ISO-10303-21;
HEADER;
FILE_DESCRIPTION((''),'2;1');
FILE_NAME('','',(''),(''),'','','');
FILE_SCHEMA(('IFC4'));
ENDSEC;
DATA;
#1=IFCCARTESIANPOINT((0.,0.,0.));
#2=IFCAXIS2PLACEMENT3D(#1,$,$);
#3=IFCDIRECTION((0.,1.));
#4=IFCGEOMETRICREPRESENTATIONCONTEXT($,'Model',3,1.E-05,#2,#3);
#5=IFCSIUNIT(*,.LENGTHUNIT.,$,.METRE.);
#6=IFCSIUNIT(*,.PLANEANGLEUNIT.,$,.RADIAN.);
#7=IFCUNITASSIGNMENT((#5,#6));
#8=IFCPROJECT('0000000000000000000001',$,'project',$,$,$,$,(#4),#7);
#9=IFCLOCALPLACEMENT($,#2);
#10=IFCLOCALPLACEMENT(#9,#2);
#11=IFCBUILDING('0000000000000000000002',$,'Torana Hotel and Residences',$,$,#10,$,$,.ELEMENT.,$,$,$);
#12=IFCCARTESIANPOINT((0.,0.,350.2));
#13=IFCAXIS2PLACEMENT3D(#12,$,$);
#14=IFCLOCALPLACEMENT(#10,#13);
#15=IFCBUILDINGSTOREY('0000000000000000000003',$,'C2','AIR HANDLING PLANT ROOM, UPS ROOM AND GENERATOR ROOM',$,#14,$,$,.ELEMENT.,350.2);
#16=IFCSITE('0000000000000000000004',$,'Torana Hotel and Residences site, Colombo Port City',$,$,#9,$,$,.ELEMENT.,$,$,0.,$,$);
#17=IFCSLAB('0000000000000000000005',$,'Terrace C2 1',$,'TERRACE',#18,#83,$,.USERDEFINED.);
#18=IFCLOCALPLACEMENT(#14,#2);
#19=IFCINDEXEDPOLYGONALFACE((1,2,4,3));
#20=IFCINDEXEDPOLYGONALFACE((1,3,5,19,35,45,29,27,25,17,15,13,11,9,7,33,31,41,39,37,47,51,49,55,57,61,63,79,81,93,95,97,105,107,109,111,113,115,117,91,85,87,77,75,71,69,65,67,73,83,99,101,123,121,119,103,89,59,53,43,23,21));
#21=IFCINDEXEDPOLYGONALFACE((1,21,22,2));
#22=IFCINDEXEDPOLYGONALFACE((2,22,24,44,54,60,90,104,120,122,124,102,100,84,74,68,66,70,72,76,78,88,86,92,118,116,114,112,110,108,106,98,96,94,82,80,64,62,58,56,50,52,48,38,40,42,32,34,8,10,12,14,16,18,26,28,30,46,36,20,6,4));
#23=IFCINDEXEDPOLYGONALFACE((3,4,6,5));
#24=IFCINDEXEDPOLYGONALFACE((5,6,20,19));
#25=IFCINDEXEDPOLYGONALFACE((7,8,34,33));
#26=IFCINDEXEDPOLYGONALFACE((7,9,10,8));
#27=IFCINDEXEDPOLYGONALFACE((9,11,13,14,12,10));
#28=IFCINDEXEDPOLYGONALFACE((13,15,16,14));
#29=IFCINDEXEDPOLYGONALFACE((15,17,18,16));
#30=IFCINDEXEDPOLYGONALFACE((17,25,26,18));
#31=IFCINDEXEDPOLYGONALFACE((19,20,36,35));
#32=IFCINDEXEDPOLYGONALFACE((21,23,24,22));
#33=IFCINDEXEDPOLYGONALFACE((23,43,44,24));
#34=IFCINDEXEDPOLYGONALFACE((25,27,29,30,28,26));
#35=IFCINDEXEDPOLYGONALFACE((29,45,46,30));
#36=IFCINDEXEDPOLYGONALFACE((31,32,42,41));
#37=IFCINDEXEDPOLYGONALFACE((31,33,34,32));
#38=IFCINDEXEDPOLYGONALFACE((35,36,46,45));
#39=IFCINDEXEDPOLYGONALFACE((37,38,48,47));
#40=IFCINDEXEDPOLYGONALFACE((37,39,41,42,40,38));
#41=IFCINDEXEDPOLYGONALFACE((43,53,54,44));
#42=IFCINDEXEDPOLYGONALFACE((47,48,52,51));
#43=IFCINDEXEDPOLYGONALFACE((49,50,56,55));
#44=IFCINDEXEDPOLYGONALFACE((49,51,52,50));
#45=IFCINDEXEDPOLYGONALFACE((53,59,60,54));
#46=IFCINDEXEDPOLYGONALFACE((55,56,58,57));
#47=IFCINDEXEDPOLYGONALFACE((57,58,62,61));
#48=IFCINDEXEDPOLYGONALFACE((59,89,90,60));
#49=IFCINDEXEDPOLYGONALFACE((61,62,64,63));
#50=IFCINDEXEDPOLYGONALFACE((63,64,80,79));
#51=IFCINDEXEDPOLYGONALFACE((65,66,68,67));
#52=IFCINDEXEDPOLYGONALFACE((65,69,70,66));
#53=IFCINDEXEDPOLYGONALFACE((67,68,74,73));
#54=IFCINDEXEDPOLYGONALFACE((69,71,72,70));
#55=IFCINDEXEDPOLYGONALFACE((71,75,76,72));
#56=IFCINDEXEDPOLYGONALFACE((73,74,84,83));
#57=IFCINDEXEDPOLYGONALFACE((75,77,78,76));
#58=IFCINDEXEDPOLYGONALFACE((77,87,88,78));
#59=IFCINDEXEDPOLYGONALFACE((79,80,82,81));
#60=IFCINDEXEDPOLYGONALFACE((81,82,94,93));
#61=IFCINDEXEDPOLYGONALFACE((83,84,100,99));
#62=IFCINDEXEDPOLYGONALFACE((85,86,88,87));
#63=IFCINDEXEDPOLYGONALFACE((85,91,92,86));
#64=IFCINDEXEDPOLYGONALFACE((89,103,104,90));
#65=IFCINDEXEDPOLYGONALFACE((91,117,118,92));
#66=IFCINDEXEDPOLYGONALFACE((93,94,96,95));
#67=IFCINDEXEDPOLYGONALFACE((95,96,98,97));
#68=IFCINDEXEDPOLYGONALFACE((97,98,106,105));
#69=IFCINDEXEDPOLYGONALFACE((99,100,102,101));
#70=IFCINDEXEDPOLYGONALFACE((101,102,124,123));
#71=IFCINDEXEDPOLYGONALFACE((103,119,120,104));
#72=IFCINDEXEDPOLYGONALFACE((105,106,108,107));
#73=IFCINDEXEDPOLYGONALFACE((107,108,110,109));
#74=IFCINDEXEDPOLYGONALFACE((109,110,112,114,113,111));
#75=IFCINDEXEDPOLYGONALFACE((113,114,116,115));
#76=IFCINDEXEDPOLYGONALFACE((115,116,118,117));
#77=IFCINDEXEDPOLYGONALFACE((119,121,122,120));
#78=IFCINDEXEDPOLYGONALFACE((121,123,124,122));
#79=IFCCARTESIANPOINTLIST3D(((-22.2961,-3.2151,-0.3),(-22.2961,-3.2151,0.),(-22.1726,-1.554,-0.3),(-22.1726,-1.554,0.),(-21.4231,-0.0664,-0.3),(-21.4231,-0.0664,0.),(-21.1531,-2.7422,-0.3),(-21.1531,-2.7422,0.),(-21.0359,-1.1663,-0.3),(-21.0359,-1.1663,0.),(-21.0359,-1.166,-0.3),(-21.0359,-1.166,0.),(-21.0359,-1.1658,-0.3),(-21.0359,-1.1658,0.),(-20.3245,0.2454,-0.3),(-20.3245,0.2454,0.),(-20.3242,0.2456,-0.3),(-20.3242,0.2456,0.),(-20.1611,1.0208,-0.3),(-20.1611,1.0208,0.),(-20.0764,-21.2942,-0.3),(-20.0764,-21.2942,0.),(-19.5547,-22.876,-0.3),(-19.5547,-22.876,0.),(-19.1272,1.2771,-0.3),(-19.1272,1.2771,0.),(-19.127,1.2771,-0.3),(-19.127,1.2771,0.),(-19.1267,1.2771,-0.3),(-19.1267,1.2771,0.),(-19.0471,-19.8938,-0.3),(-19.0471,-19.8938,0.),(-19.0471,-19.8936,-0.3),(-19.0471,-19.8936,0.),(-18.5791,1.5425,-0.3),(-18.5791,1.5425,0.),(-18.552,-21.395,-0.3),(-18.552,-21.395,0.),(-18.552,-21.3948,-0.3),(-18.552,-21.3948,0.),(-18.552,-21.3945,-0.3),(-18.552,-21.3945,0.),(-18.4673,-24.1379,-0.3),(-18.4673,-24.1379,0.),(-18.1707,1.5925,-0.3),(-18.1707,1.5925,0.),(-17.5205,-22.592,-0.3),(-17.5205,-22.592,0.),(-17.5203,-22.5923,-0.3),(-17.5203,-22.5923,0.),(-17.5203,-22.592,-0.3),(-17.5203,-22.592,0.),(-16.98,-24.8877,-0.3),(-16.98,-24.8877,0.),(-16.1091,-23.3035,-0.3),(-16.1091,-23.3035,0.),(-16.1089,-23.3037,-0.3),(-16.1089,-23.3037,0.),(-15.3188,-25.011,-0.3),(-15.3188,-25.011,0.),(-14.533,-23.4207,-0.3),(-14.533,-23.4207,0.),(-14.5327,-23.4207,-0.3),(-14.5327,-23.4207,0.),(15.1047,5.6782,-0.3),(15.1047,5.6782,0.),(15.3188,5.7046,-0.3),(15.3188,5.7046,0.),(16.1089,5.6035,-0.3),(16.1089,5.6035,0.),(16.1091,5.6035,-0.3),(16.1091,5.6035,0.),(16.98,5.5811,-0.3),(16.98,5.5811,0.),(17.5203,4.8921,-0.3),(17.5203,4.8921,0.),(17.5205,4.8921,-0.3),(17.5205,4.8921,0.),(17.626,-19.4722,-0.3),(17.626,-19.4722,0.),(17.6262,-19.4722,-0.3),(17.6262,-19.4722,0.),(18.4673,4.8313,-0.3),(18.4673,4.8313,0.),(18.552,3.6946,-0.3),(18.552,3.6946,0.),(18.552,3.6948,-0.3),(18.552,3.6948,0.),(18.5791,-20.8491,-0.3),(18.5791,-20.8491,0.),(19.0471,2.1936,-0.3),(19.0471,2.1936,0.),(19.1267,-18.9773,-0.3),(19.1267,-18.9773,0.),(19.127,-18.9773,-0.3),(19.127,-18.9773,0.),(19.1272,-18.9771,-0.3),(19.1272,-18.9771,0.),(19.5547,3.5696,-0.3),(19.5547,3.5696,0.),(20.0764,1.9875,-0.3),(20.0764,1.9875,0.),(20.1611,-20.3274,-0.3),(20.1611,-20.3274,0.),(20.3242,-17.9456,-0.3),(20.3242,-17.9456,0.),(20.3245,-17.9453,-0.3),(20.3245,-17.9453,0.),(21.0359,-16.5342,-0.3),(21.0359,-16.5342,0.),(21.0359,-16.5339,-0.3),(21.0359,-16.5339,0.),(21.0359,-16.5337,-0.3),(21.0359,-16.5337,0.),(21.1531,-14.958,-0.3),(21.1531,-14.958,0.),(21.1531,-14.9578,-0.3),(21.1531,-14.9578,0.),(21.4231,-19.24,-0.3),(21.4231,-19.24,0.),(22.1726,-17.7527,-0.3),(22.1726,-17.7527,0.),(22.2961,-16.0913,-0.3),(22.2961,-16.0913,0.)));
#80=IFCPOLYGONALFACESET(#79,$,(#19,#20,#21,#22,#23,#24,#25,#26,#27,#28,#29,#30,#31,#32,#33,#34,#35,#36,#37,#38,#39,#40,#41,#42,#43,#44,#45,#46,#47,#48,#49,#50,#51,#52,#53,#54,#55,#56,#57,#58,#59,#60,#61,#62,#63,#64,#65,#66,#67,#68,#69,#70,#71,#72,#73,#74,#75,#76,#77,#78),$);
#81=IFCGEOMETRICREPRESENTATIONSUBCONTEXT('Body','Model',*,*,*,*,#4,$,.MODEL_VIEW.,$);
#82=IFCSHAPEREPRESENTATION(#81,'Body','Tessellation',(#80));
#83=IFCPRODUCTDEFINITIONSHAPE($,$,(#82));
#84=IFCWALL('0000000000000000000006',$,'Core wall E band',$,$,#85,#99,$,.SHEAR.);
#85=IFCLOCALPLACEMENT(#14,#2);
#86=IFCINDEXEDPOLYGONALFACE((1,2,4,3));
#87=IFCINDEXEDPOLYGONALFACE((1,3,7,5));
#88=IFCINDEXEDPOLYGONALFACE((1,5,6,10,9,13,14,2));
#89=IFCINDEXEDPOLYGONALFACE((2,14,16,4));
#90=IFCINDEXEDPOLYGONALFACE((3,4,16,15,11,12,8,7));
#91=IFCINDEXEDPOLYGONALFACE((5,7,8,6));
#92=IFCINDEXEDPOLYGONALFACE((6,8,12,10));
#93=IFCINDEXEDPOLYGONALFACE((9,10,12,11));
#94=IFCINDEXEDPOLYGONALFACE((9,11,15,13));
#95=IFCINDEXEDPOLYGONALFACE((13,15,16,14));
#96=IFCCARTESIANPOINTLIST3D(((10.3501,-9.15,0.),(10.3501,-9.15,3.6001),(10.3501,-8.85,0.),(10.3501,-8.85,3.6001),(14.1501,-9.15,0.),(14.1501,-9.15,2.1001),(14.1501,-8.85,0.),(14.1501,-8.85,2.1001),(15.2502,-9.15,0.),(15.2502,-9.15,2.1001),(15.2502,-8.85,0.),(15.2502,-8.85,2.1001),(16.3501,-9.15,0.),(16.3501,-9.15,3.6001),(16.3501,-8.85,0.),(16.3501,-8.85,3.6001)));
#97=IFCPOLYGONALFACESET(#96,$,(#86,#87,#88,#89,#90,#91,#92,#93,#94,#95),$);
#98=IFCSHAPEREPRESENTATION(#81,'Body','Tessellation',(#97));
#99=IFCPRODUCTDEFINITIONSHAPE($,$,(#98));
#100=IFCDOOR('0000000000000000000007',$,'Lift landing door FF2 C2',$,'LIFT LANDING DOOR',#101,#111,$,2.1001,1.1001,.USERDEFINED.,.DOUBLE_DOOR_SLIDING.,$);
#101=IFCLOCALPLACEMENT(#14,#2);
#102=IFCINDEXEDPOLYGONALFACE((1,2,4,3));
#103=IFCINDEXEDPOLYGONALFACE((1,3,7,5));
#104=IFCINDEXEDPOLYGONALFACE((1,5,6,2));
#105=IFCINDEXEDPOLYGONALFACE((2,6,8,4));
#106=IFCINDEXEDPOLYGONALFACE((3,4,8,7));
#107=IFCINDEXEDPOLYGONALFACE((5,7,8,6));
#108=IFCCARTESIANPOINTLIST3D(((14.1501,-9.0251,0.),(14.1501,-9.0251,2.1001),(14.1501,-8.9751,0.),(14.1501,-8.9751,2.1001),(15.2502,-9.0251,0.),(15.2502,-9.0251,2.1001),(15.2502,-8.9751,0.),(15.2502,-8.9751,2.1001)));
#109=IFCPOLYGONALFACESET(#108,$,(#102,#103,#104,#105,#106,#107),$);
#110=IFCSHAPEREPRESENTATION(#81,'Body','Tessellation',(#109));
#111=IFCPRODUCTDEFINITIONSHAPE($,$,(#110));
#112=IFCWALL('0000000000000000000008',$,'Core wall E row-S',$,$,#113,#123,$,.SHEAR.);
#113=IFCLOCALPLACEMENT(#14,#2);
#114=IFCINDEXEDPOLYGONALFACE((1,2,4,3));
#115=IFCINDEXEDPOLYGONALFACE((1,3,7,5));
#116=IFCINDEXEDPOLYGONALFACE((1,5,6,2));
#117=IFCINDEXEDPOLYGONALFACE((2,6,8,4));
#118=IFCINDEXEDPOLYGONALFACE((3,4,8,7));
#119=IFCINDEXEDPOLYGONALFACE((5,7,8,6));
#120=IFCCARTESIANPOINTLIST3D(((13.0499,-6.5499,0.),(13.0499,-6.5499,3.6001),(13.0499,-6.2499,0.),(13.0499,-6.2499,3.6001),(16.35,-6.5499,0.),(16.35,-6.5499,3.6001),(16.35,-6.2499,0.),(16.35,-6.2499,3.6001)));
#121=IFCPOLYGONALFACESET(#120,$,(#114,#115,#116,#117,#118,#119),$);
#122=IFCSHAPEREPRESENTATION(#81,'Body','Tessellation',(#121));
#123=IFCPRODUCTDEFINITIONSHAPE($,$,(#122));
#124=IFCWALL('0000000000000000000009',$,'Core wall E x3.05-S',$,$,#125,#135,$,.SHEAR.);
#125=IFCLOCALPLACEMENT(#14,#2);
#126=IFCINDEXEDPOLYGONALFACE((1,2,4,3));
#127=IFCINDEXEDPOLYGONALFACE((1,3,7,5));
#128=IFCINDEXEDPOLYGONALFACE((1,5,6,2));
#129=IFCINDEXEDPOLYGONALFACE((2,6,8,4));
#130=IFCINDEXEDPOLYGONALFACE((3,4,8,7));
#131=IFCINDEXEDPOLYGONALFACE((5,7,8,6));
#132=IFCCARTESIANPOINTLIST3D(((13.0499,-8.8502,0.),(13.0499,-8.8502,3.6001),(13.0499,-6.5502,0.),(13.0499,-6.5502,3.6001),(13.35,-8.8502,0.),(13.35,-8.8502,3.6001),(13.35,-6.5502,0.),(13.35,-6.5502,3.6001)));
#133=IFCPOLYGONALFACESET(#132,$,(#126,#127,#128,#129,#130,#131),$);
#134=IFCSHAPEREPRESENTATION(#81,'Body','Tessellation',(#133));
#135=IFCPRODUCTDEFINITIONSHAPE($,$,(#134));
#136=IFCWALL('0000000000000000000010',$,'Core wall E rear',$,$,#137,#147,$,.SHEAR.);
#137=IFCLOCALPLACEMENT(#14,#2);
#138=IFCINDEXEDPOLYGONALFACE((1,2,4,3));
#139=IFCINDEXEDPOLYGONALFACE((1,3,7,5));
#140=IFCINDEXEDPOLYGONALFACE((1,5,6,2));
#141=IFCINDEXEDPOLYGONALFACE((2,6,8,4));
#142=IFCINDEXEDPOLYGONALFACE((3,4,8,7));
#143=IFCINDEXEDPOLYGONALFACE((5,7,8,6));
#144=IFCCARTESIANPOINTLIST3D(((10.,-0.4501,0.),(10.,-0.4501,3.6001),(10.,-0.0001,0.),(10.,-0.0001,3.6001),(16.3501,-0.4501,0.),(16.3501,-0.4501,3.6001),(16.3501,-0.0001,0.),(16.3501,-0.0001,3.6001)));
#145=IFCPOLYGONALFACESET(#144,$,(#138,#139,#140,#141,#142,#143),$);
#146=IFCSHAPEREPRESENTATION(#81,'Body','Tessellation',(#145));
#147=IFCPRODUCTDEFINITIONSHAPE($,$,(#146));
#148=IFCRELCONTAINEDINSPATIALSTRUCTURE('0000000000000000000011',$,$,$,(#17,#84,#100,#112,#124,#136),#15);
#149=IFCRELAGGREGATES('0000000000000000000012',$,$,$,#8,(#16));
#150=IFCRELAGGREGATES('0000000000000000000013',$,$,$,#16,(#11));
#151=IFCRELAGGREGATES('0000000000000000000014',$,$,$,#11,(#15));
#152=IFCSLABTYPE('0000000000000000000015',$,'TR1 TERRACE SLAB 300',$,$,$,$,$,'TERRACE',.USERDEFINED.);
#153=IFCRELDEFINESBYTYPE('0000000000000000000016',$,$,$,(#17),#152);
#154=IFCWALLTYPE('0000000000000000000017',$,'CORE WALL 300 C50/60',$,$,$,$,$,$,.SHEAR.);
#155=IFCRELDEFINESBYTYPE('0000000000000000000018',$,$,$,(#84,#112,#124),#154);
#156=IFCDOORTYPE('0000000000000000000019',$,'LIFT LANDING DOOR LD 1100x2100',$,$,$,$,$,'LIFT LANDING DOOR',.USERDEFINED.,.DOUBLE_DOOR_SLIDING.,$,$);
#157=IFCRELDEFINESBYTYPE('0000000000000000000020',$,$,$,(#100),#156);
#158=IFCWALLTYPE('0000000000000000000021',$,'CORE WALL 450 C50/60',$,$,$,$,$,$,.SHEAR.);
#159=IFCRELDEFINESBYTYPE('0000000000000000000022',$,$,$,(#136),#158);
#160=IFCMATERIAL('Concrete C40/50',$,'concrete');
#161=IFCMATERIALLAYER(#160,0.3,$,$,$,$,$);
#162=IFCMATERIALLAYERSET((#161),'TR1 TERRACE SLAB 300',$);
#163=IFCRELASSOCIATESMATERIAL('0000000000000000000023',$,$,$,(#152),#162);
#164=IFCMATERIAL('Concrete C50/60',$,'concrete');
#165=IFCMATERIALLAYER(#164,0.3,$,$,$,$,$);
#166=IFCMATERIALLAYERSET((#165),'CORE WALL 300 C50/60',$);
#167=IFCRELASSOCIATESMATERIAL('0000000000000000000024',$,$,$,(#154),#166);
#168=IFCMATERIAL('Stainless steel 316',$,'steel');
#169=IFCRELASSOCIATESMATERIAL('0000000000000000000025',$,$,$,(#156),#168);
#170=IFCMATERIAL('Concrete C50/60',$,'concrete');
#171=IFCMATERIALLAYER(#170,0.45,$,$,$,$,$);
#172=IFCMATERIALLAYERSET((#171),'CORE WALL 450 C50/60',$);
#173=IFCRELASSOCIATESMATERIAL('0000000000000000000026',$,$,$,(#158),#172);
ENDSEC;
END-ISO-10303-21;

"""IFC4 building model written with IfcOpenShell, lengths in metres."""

from ifc_helpers import new_model, si_unit, direction, frame, frame_2d, origin, place, context, subcontext, project, spatial, polyline, rectangle, outline, extrude, material, layer, layer_set, type_object, element, fill, save


model = new_model("IFC4")

# Units and contexts
model_context = context("Model", 3, precision=1e-05, world=origin(), true_north=direction((0.0, 1.0)))
body_context = subcontext(model_context, "Body", "Model", "MODEL_VIEW")
ifc_project = project(units=[si_unit("LENGTHUNIT", "METRE"), si_unit("PLANEANGLEUNIT", "RADIAN")], contexts=[model_context])

# Site, building, storey
site_placement = place(None, origin())
site = spatial("IfcSite", under=ifc_project, at=site_placement, Name="Torana Hotel and Residences site, Colombo Port City", CompositionType="ELEMENT", RefElevation=0.0)
building_placement = place(site_placement, origin())
building = spatial("IfcBuilding", under=site, at=building_placement, Name="Torana Hotel and Residences", CompositionType="ELEMENT")
storey_placement = place(building_placement, frame((0.0, 0.0, 350.2)))
storey = spatial("IfcBuildingStorey", under=building, at=storey_placement, Name="C2", Description="AIR HANDLING PLANT ROOM, UPS ROOM AND GENERATOR ROOM", CompositionType="ELEMENT", Elevation=350.2)

# Slab
ifc_material_1 = material(Name="Concrete C40/50", Category="concrete")
ifc_layer_1 = layer(ifc_material_1, 0.3)
ifc_layer_set_1 = layer_set([ifc_layer_1], Name="TR1 TERRACE SLAB 300")
slab_type_1 = type_object("IfcSlabType", Name="TR1 TERRACE SLAB 300", ElementType="TERRACE", PredefinedType="USERDEFINED", material=ifc_layer_set_1)
slab_1_placement = place(storey_placement, frame((0.0, 0.0, -0.3)))
element("IfcSlab", 1, at=slab_1_placement, inside=storey, type_object=slab_type_1, Name="Terrace C2 1", ObjectType="TERRACE", PredefinedType="USERDEFINED", context=body_context, shape_type="SweptSolid", body=[
    extrude(outline(polyline([(15.3188, 5.7046), (16.98, 5.5811), (18.4673, 4.8313), (19.5547, 3.5696), (20.0764, 1.9875), (22.2961, -16.0913), (22.1726, -17.7527), (21.4231, -19.24), (20.1611, -20.3274), (18.5791, -20.8491), (-15.3188, -25.011), (-16.98, -24.8877), (-18.4673, -24.1379), (-19.5547, -22.876), (-20.0764, -21.2942), (-22.2961, -3.2151), (-22.1726, -1.554), (-21.4231, -0.0664), (-20.1611, 1.0208), (-18.5791, 1.5425), (-18.1707, 1.5925), (-19.1267, 1.2771), (-19.127, 1.2771), (-19.127, 1.2771), (-19.1272, 1.2771), (-19.1272, 1.2771), (-20.3242, 0.2456), (-20.3242, 0.2456), (-20.3245, 0.2454), (-20.3245, 0.2454), (-20.3245, 0.2454), (-21.0359, -1.1658), (-21.0359, -1.166), (-21.0359, -1.166), (-21.0359, -1.166), (-21.0359, -1.1663), (-21.1531, -2.7422), (-21.1531, -2.7422), (-21.1531, -2.7422), (-19.0471, -19.8936), (-19.0471, -19.8936), (-19.0471, -19.8938), (-18.552, -21.3945), (-18.552, -21.3945), (-18.552, -21.3948), (-18.552, -21.3948), (-18.552, -21.395), (-17.5205, -22.592), (-17.5205, -22.592), (-17.5205, -22.592), (-17.5203, -22.592), (-17.5203, -22.5923), (-16.1091, -23.3035), (-16.1091, -23.3035), (-16.1089, -23.3037), (-16.1089, -23.3037), (-16.1089, -23.3037), (-14.533, -23.4207), (-14.5327, -23.4207), (-14.5327, -23.4207), (17.626, -19.4722), (17.626, -19.4722), (17.6262, -19.4722), (19.1267, -18.9773), (19.127, -18.9773), (19.127, -18.9773), (19.1272, -18.9771), (19.1272, -18.9771), (20.3242, -17.9456), (20.3242, -17.9456), (20.3245, -17.9453), (20.3245, -17.9453), (20.3245, -17.9453), (21.0359, -16.5342), (21.0359, -16.5342), (21.0359, -16.5339), (21.0359, -16.5339), (21.0359, -16.5337), (21.1531, -14.958), (21.1531, -14.9578), (21.1531, -14.9578), (19.0471, 2.1936), (19.0471, 2.1936), (19.0471, 2.1936), (18.552, 3.6946), (18.552, 3.6946), (18.552, 3.6946), (18.552, 3.6948), (18.552, 3.6948), (17.5205, 4.8921), (17.5205, 4.8921), (17.5205, 4.8921), (17.5203, 4.8921), (17.5203, 4.8921), (16.1091, 5.6035), (16.1091, 5.6035), (16.1089, 5.6035), (16.1089, 5.6035), (16.1089, 5.6035), (15.1047, 5.6782), (15.3188, 5.7046)])), origin(), (0.0, 0.0, 1.0), 0.3),
])

# Wall, opening, door
ifc_material_2 = material(Name="Concrete C50/60", Category="concrete")
ifc_layer_2 = layer(ifc_material_2, 0.3)
ifc_layer_set_2 = layer_set([ifc_layer_2], Name="CORE WALL 300 C50/60")
wall_type_1 = type_object("IfcWallType", Name="CORE WALL 300 C50/60", PredefinedType="SHEAR", material=ifc_layer_set_2)
wall_1_placement = place(storey_placement, frame((10.3501, -9.0, 0.0), z_axis=(0.0, 0.0, 1.0), x_axis=(1.0, 0.0, 0.0)))
wall_1 = element("IfcWall", 2, at=wall_1_placement, inside=storey, type_object=wall_type_1, Name="Core wall E band", PredefinedType="SHEAR", context=body_context, shape_type="SweptSolid", body=[
    extrude(rectangle(XDim=6.0, YDim=0.3, at=frame_2d((3.0, 0.0))), origin(), (0.0, 0.0, 1.0), 3.6001),
])
opening_1_placement = place(wall_1_placement, frame((3.8, 0.0, 0.0)))
opening_1 = element("IfcOpeningElement", 3, at=opening_1_placement, cuts=wall_1, PredefinedType="OPENING", context=body_context, shape_type="SweptSolid", body=[
    extrude(rectangle(XDim=1.1001, YDim=2.1001, at=frame_2d((0.55, 1.05))), frame((0.0, 0.1599, 0.0), z_axis=(0.0, -1.0, 0.0), x_axis=(1.0, 0.0, 0.0)), (0.0, 0.0, 1.0), 0.3201),
])
ifc_material_3 = material(Name="Stainless steel 316", Category="steel")
door_type = type_object("IfcDoorType", Name="LIFT LANDING DOOR LD 1100x2100", ElementType="LIFT LANDING DOOR", OperationType="DOUBLE_DOOR_SLIDING", PredefinedType="USERDEFINED", material=ifc_material_3)
door_placement = place(opening_1_placement, origin())
door = element("IfcDoor", 4, at=door_placement, inside=storey, type_object=door_type, Name="Lift landing door FF2 C2", ObjectType="LIFT LANDING DOOR", OperationType="DOUBLE_DOOR_SLIDING", OverallHeight=2.1001, OverallWidth=1.1001, PredefinedType="USERDEFINED", context=body_context, shape_type="SweptSolid", body=[
    extrude(rectangle(XDim=1.1001, YDim=2.1001, at=frame_2d((0.55, 1.05))), frame((0.0, 0.0249, 0.0), z_axis=(0.0, -1.0, 0.0), x_axis=(1.0, 0.0, 0.0)), (0.0, 0.0, 1.0), 0.05),
])
fill(opening_1, door)

# Walls
wall_2_placement = place(storey_placement, frame((13.05, -6.3999, 0.0), z_axis=(0.0, 0.0, 1.0), x_axis=(1.0, 0.0, 0.0)))
element("IfcWall", 5, at=wall_2_placement, inside=storey, type_object=wall_type_1, Name="Core wall E row-S", PredefinedType="SHEAR", context=body_context, shape_type="SweptSolid", body=[
    extrude(rectangle(XDim=3.3, YDim=0.3, at=frame_2d((1.6499, 0.0))), origin(), (0.0, 0.0, 1.0), 3.6001),
])
wall_3_placement = place(storey_placement, frame((13.2, -8.8501, 0.0), z_axis=(0.0, 0.0, 1.0), x_axis=(0.0, 1.0, 0.0)))
element("IfcWall", 6, at=wall_3_placement, inside=storey, type_object=wall_type_1, Name="Core wall E x3.05-S", PredefinedType="SHEAR", context=body_context, shape_type="SweptSolid", body=[
    extrude(rectangle(XDim=2.3, YDim=0.3, at=frame_2d((1.1499, 0.0))), origin(), (0.0, 0.0, 1.0), 3.6001),
])
ifc_material_4 = material(Name="Concrete C50/60", Category="concrete")
ifc_layer_3 = layer(ifc_material_4, 0.45)
ifc_layer_set_3 = layer_set([ifc_layer_3], Name="CORE WALL 450 C50/60")
wall_type_2 = type_object("IfcWallType", Name="CORE WALL 450 C50/60", PredefinedType="SHEAR", material=ifc_layer_set_3)
wall_4_placement = place(storey_placement, frame((10.0, -0.2251, 0.0), z_axis=(0.0, 0.0, 1.0), x_axis=(1.0, 0.0, 0.0)))
element("IfcWall", 7, at=wall_4_placement, inside=storey, type_object=wall_type_2, Name="Core wall E rear", PredefinedType="SHEAR", context=body_context, shape_type="SweptSolid", body=[
    extrude(rectangle(XDim=6.3501, YDim=0.45, at=frame_2d((3.175, 0.0))), origin(), (0.0, 0.0, 1.0), 3.6001),
])

save(model, "model.ifc")
